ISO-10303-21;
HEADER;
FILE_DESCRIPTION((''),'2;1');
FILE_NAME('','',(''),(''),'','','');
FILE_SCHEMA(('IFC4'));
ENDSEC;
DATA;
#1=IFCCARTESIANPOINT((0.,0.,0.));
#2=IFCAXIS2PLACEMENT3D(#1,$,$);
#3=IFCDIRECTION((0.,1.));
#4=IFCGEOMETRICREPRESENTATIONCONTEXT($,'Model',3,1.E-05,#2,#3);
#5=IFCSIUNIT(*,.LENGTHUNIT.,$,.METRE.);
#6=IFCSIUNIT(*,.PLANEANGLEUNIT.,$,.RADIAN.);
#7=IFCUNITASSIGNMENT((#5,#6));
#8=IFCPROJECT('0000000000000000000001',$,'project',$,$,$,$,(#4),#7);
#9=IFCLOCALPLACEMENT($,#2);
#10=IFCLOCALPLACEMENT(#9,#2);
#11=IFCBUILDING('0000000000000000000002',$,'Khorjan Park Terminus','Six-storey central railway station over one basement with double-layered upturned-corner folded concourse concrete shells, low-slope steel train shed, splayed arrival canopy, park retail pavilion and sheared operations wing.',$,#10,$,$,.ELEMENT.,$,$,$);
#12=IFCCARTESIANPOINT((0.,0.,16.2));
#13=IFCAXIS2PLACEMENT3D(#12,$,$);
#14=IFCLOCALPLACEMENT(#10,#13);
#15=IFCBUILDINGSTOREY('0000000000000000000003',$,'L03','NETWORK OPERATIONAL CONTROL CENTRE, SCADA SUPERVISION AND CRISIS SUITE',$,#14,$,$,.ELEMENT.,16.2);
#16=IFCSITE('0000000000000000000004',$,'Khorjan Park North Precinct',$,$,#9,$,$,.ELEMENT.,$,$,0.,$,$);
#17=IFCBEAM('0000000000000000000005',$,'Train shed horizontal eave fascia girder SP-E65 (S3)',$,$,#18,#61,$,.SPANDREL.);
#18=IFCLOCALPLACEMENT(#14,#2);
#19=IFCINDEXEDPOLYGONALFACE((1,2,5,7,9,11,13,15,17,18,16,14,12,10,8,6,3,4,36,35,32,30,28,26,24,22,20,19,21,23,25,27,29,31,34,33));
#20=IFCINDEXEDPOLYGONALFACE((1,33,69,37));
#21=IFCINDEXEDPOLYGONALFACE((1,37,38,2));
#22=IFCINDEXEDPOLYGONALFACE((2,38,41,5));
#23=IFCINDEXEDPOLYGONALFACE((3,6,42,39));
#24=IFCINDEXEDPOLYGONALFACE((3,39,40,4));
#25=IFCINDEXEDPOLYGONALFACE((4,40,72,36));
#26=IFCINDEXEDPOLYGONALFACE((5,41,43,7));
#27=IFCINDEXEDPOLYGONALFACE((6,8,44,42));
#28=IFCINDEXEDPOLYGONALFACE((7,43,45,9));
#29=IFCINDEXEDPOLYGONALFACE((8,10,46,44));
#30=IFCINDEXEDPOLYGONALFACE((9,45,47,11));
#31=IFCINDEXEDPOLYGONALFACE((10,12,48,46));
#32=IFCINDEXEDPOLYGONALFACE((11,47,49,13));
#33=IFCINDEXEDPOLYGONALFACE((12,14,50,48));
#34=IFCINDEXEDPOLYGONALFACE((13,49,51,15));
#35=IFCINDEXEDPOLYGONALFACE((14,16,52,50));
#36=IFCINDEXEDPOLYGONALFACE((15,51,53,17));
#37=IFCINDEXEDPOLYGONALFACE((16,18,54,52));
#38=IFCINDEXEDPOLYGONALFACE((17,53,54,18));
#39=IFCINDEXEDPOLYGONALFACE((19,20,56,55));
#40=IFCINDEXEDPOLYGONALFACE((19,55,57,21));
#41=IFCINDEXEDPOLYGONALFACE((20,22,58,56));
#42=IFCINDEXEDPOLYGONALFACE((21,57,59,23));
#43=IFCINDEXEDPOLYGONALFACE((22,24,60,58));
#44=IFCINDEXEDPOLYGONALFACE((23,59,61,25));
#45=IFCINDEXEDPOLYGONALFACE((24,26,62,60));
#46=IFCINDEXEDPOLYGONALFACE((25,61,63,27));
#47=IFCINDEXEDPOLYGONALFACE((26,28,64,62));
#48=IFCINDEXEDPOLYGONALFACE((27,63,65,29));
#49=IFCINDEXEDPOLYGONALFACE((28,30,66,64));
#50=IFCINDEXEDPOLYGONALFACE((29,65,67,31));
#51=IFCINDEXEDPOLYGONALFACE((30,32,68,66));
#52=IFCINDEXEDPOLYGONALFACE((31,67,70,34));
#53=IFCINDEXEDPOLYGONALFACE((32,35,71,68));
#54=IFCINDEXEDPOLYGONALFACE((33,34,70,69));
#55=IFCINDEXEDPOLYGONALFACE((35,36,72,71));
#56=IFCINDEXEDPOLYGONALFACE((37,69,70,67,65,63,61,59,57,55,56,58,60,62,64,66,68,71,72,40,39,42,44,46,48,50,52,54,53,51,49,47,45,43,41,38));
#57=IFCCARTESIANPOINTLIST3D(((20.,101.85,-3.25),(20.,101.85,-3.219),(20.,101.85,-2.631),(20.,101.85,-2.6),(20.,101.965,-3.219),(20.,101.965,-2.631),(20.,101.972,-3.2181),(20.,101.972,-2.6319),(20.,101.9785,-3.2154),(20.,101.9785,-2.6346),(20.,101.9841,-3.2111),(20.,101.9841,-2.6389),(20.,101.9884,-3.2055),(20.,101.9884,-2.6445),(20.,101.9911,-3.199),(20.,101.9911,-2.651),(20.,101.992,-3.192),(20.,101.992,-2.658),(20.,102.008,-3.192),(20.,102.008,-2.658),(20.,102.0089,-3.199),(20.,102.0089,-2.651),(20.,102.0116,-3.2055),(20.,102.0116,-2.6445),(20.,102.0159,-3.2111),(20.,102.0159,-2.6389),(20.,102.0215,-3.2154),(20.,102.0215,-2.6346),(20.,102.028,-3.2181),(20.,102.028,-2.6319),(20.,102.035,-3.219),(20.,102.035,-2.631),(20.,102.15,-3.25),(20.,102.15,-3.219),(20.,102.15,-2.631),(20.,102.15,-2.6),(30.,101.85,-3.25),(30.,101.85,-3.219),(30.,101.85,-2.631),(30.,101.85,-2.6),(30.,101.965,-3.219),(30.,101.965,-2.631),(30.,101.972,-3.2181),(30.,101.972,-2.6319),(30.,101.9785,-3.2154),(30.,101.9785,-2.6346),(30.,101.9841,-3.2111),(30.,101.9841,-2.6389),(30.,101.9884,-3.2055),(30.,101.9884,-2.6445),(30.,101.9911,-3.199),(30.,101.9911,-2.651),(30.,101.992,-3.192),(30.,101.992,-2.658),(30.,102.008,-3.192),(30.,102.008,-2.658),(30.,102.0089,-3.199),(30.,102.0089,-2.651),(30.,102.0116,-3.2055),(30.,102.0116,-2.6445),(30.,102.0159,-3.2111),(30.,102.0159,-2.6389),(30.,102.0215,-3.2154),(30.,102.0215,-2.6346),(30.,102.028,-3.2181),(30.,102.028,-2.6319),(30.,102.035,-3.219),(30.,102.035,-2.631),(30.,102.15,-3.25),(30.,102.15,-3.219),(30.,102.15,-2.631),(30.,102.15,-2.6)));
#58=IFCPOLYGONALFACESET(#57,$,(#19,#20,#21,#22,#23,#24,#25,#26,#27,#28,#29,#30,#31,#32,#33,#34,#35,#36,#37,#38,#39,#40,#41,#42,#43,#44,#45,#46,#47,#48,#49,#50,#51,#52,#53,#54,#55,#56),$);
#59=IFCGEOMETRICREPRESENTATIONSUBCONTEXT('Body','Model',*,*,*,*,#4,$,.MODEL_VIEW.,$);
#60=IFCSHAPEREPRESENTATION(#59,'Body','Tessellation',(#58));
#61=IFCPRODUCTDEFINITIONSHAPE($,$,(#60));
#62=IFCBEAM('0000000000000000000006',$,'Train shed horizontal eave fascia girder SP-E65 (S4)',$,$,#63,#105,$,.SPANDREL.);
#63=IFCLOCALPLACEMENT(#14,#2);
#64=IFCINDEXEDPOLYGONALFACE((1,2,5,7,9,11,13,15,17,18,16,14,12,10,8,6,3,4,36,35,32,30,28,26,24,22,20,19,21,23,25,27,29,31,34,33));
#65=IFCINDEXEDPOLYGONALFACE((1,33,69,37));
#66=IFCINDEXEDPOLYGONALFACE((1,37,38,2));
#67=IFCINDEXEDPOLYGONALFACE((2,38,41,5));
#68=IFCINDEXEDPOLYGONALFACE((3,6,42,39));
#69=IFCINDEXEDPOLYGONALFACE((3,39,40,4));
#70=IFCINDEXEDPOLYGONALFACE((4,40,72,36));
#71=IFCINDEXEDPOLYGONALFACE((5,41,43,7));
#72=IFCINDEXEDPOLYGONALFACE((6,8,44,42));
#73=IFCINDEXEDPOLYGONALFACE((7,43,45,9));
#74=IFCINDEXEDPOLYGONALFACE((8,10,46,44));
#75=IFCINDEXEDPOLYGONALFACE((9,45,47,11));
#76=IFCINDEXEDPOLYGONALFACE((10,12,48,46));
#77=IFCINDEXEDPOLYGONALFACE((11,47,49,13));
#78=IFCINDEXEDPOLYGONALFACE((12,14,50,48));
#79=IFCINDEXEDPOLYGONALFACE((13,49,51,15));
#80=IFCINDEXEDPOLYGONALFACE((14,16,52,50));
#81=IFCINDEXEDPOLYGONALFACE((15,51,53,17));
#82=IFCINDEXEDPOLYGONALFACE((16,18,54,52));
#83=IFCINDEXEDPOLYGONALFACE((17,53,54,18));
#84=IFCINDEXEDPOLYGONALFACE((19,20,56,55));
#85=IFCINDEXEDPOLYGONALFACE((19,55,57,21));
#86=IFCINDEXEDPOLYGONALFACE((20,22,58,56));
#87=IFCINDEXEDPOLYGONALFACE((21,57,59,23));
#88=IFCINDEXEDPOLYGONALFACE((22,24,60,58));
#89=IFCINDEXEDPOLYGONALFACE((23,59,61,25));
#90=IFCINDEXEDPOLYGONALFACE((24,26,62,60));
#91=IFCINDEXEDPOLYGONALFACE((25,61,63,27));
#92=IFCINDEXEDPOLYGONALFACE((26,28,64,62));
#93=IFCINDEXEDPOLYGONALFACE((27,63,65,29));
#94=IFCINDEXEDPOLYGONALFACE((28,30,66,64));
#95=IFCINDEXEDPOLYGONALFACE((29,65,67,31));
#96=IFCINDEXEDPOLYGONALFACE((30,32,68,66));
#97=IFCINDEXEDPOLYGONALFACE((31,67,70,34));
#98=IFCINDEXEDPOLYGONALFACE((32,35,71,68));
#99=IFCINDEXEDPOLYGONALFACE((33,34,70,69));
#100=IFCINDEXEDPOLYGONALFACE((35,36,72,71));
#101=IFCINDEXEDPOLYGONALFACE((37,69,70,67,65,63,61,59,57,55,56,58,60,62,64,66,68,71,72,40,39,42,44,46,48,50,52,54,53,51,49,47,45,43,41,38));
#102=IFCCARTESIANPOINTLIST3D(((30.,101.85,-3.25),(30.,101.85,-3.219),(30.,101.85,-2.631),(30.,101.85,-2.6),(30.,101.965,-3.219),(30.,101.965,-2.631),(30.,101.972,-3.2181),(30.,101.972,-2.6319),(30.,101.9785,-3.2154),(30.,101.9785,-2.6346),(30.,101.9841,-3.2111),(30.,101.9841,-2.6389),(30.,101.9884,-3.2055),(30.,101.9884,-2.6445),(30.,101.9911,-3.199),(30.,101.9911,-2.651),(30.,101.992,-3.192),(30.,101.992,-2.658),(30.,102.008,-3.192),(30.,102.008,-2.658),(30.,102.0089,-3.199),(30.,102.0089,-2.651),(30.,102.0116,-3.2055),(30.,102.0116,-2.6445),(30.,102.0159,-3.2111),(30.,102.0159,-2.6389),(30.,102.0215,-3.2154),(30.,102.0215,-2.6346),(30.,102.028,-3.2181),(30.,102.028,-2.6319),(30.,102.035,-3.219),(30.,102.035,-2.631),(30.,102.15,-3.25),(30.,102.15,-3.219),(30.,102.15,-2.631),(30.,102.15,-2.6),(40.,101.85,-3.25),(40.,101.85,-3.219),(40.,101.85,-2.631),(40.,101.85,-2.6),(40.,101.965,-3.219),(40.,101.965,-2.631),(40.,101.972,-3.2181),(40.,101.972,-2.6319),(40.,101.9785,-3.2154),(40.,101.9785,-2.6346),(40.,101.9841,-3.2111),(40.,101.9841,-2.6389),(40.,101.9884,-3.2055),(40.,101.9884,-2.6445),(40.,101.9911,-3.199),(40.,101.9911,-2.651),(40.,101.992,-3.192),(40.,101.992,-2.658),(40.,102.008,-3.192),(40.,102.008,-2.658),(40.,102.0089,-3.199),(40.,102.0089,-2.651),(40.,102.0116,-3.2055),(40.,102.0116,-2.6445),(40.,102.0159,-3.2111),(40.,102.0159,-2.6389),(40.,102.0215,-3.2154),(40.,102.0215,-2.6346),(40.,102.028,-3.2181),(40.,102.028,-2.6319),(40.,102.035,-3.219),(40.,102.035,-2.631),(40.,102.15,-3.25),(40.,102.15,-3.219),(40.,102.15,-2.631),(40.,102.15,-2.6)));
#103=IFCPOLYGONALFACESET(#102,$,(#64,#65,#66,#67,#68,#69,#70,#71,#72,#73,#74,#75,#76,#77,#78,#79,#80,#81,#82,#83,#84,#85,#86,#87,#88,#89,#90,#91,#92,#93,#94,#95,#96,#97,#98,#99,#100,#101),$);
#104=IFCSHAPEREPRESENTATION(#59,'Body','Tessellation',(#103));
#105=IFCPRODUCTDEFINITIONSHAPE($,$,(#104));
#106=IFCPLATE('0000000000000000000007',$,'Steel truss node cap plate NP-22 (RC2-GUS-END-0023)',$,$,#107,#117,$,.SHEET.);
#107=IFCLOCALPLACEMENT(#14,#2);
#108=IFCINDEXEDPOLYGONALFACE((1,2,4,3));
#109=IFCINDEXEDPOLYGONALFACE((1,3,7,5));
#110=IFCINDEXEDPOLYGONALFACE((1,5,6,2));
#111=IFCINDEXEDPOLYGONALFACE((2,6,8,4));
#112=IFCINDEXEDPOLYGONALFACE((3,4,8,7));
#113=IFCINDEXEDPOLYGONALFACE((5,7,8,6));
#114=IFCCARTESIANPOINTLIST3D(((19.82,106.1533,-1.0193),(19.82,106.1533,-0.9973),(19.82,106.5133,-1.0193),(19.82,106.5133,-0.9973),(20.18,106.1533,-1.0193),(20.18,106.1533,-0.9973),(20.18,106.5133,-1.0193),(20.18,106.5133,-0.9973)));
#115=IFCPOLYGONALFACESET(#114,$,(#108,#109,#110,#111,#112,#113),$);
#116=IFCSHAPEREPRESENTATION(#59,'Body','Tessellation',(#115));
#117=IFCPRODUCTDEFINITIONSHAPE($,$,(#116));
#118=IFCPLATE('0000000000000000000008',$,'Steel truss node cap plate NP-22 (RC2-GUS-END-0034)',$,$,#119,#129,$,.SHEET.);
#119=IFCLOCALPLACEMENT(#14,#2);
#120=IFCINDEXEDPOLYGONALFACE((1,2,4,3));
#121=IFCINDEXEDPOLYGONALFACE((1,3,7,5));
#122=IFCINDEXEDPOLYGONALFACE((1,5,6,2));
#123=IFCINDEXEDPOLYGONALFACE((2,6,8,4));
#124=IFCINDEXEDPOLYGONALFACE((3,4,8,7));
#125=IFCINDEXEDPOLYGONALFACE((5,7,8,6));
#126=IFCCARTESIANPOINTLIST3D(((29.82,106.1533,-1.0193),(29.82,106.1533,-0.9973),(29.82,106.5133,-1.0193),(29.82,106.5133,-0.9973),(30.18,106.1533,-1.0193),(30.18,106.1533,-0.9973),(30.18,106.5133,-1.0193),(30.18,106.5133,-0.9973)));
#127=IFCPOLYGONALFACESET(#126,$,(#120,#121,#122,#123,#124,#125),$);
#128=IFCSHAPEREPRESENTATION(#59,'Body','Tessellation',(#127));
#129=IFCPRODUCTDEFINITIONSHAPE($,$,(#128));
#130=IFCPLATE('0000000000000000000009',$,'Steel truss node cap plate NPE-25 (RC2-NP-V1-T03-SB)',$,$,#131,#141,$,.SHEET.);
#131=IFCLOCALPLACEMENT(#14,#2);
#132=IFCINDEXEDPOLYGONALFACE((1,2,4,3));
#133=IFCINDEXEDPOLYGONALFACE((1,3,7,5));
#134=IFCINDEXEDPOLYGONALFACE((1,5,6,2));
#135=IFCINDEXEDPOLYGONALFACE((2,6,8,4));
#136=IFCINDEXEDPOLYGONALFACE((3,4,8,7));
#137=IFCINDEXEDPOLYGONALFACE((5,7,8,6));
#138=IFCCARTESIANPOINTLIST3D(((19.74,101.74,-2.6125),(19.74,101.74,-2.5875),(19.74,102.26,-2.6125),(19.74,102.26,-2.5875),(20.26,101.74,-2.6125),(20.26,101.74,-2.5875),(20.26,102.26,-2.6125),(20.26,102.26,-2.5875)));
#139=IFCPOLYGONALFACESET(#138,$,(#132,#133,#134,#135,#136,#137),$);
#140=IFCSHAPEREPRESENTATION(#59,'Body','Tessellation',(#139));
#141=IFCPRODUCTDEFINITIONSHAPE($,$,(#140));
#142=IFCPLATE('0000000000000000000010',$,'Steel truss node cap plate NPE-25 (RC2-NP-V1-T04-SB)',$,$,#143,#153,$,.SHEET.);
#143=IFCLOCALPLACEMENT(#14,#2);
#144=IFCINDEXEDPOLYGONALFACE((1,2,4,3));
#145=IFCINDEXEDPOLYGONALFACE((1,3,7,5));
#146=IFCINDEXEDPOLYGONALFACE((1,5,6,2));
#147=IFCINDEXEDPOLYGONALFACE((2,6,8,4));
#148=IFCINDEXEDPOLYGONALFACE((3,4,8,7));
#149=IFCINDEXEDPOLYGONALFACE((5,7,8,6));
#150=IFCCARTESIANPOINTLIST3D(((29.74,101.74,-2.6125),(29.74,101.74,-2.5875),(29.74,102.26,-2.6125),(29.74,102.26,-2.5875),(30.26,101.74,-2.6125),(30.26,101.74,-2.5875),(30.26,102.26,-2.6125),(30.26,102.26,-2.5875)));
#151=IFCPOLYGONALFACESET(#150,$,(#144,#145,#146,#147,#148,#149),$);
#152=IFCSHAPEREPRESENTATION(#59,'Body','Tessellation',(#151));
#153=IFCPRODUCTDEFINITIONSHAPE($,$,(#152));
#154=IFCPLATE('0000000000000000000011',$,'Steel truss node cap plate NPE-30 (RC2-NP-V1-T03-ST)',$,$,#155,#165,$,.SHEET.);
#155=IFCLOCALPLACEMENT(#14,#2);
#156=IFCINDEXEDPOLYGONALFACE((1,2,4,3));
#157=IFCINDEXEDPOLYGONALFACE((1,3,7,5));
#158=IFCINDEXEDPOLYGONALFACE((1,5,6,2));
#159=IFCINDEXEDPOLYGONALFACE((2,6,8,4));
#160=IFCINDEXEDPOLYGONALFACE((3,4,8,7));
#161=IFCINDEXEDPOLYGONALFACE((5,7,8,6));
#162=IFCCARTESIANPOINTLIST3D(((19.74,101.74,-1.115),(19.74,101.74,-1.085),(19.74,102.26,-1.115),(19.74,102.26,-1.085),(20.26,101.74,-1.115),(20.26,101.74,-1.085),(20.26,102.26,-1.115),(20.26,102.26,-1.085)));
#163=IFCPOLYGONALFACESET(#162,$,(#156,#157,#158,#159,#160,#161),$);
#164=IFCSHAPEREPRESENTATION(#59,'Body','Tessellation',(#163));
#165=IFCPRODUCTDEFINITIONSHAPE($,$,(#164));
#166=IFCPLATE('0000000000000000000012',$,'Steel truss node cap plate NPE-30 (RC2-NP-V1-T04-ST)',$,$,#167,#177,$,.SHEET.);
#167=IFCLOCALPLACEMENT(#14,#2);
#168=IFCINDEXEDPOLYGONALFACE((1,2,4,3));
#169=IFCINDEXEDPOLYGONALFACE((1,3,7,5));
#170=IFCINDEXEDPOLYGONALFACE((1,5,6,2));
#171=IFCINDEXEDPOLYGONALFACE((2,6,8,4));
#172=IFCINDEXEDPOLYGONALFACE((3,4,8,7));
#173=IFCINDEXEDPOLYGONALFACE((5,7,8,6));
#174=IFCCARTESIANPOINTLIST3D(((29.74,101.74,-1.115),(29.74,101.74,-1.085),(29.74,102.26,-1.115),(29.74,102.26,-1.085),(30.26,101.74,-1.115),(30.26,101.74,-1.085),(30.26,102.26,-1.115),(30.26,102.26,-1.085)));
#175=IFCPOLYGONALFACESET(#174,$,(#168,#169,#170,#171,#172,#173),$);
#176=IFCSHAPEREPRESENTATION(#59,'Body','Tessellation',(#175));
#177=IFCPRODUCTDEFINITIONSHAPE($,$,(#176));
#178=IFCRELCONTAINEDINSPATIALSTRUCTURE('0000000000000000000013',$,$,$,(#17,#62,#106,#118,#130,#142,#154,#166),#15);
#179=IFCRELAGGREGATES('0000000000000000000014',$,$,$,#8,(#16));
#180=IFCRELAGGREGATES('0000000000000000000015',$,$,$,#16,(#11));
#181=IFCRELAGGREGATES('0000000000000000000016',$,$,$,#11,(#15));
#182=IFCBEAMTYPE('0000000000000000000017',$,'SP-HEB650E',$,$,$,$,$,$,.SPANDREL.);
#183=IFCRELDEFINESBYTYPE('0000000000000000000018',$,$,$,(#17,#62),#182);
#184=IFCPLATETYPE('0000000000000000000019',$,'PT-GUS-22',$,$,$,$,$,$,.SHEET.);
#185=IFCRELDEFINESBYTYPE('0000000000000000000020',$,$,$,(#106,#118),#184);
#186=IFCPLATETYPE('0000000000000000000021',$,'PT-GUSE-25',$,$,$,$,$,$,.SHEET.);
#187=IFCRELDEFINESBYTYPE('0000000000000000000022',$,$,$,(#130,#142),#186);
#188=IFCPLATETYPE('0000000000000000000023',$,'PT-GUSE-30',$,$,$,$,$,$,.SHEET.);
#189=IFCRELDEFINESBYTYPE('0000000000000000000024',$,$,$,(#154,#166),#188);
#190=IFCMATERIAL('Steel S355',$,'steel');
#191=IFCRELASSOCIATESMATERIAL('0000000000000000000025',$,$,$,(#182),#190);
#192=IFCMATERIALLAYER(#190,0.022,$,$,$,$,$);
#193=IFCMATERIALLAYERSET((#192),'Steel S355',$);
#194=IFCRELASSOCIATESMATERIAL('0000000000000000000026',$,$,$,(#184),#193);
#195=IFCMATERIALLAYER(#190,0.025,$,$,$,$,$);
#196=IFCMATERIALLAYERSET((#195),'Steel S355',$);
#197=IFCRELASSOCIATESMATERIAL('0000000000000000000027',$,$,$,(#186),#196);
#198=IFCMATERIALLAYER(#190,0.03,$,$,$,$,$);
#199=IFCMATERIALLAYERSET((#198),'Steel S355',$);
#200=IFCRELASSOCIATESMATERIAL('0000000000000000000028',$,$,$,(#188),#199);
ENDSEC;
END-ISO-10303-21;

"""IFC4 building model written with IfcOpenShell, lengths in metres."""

from ifc_helpers import new_model, si_unit, direction, frame, origin, origin_2d, place, context, subcontext, project, spatial, rectangle, i_section, extrude, material, layer, layer_set, material_profile, profile_set, type_object, element, save


model = new_model("IFC4")

# Units and contexts
model_context = context("Model", 3, precision=1e-05, world=origin(), true_north=direction((0.0, 1.0)))
body_context = subcontext(model_context, "Body", "Model", "MODEL_VIEW")
ifc_project = project(units=[si_unit("LENGTHUNIT", "METRE"), si_unit("PLANEANGLEUNIT", "RADIAN")], contexts=[model_context])

# Site, building, storey
site_placement = place(None, origin())
site = spatial("IfcSite", under=ifc_project, at=site_placement, Name="Khorjan Park North Precinct", CompositionType="ELEMENT", RefElevation=0.0)
building_placement = place(site_placement, origin())
building = spatial("IfcBuilding", under=site, at=building_placement, Name="Khorjan Park Terminus", Description="Six-storey central railway station over one basement with double-layered upturned-corner folded concourse concrete shells, low-slope steel train shed, splayed arrival canopy, park retail pavilion and sheared operations wing.", CompositionType="ELEMENT")
storey_placement = place(building_placement, frame((0.0, 0.0, 16.2)))
storey = spatial("IfcBuildingStorey", under=building, at=storey_placement, Name="L03", Description="NETWORK OPERATIONAL CONTROL CENTRE, SCADA SUPERVISION AND CRISIS SUITE", CompositionType="ELEMENT", Elevation=16.2)

# Shared definitions
ifc_material = material(Name="Steel S355", Category="steel")

# Beams
ifc_material_profile_1 = material_profile(ifc_material, i_section(OverallWidth=0.3, OverallDepth=0.65, WebThickness=0.016, FlangeThickness=0.031, FilletRadius=0.027, at=origin_2d()), Name="HEB 650")
ifc_profile_set_1 = profile_set([ifc_material_profile_1], Name="Steel S355")
beam_type = type_object("IfcBeamType", Name="SP-HEB650E", PredefinedType="SPANDREL", material=ifc_profile_set_1)
for number, where, z_axis, x_axis, name in (
    (1, (20.0, 102.0, -2.925), (1.0, 0.0, 0.0), (0.0, 1.0, 0.0), "Train shed horizontal eave fascia girder SP-E65 (S3)"),
    (2, (30.0, 102.0, -2.925), (1.0, 0.0, 0.0), (0.0, 1.0, 0.0), "Train shed horizontal eave fascia girder SP-E65 (S4)"),
):
    element("IfcBeam", number, at=place(storey_placement, frame(where, z_axis=z_axis, x_axis=x_axis)), inside=storey, type_object=beam_type, Name=name, PredefinedType="SPANDREL", context=body_context, shape_type="SweptSolid", body=[
        extrude(i_section(OverallWidth=0.3, OverallDepth=0.65, WebThickness=0.016, FlangeThickness=0.031, FilletRadius=0.027, at=origin_2d()), origin(), (0.0, 0.0, 1.0), 10.0),
    ])

# Plates
ifc_layer_1 = layer(ifc_material, 0.022)
ifc_layer_set_1 = layer_set([ifc_layer_1], Name="Steel S355")
plate_type_1 = type_object("IfcPlateType", Name="PT-GUS-22", PredefinedType="SHEET", material=ifc_layer_set_1)
for number, where, z_axis, x_axis, name in (
    (3, (20.0, 106.3333, -1.0193), (0.0, 0.0, 1.0), (1.0, 0.0, 0.0), "Steel truss node cap plate NP-22 (RC2-GUS-END-0023)"),
    (4, (30.0, 106.3333, -1.0193), (0.0, 0.0, 1.0), (1.0, 0.0, 0.0), "Steel truss node cap plate NP-22 (RC2-GUS-END-0034)"),
):
    element("IfcPlate", number, at=place(storey_placement, frame(where, z_axis=z_axis, x_axis=x_axis)), inside=storey, type_object=plate_type_1, Name=name, PredefinedType="SHEET", context=body_context, shape_type="SweptSolid", body=[
        extrude(rectangle(XDim=0.36, YDim=0.36, at=origin_2d()), origin(), (0.0, 0.0, 1.0), 0.022),
    ])
ifc_layer_2 = layer(ifc_material, 0.025)
ifc_layer_set_2 = layer_set([ifc_layer_2], Name="Steel S355")
plate_type_2 = type_object("IfcPlateType", Name="PT-GUSE-25", PredefinedType="SHEET", material=ifc_layer_set_2)
for number, where, z_axis, x_axis, name in (
    (5, (20.0, 102.0, -2.6125), (0.0, 0.0, 1.0), (1.0, 0.0, 0.0), "Steel truss node cap plate NPE-25 (RC2-NP-V1-T03-SB)"),
    (6, (30.0, 102.0, -2.6125), (0.0, 0.0, 1.0), (1.0, 0.0, 0.0), "Steel truss node cap plate NPE-25 (RC2-NP-V1-T04-SB)"),
):
    element("IfcPlate", number, at=place(storey_placement, frame(where, z_axis=z_axis, x_axis=x_axis)), inside=storey, type_object=plate_type_2, Name=name, PredefinedType="SHEET", context=body_context, shape_type="SweptSolid", body=[
        extrude(rectangle(XDim=0.52, YDim=0.52, at=origin_2d()), origin(), (0.0, 0.0, 1.0), 0.025),
    ])
ifc_layer_3 = layer(ifc_material, 0.03)
ifc_layer_set_3 = layer_set([ifc_layer_3], Name="Steel S355")
plate_type_3 = type_object("IfcPlateType", Name="PT-GUSE-30", PredefinedType="SHEET", material=ifc_layer_set_3)
for number, where, z_axis, x_axis, name in (
    (7, (20.0, 102.0, -1.115), (0.0, 0.0, 1.0), (1.0, 0.0, 0.0), "Steel truss node cap plate NPE-30 (RC2-NP-V1-T03-ST)"),
    (8, (30.0, 102.0, -1.115), (0.0, 0.0, 1.0), (1.0, 0.0, 0.0), "Steel truss node cap plate NPE-30 (RC2-NP-V1-T04-ST)"),
):
    element("IfcPlate", number, at=place(storey_placement, frame(where, z_axis=z_axis, x_axis=x_axis)), inside=storey, type_object=plate_type_3, Name=name, PredefinedType="SHEET", context=body_context, shape_type="SweptSolid", body=[
        extrude(rectangle(XDim=0.52, YDim=0.52, at=origin_2d()), origin(), (0.0, 0.0, 1.0), 0.03),
    ])

save(model, "model.ifc")
